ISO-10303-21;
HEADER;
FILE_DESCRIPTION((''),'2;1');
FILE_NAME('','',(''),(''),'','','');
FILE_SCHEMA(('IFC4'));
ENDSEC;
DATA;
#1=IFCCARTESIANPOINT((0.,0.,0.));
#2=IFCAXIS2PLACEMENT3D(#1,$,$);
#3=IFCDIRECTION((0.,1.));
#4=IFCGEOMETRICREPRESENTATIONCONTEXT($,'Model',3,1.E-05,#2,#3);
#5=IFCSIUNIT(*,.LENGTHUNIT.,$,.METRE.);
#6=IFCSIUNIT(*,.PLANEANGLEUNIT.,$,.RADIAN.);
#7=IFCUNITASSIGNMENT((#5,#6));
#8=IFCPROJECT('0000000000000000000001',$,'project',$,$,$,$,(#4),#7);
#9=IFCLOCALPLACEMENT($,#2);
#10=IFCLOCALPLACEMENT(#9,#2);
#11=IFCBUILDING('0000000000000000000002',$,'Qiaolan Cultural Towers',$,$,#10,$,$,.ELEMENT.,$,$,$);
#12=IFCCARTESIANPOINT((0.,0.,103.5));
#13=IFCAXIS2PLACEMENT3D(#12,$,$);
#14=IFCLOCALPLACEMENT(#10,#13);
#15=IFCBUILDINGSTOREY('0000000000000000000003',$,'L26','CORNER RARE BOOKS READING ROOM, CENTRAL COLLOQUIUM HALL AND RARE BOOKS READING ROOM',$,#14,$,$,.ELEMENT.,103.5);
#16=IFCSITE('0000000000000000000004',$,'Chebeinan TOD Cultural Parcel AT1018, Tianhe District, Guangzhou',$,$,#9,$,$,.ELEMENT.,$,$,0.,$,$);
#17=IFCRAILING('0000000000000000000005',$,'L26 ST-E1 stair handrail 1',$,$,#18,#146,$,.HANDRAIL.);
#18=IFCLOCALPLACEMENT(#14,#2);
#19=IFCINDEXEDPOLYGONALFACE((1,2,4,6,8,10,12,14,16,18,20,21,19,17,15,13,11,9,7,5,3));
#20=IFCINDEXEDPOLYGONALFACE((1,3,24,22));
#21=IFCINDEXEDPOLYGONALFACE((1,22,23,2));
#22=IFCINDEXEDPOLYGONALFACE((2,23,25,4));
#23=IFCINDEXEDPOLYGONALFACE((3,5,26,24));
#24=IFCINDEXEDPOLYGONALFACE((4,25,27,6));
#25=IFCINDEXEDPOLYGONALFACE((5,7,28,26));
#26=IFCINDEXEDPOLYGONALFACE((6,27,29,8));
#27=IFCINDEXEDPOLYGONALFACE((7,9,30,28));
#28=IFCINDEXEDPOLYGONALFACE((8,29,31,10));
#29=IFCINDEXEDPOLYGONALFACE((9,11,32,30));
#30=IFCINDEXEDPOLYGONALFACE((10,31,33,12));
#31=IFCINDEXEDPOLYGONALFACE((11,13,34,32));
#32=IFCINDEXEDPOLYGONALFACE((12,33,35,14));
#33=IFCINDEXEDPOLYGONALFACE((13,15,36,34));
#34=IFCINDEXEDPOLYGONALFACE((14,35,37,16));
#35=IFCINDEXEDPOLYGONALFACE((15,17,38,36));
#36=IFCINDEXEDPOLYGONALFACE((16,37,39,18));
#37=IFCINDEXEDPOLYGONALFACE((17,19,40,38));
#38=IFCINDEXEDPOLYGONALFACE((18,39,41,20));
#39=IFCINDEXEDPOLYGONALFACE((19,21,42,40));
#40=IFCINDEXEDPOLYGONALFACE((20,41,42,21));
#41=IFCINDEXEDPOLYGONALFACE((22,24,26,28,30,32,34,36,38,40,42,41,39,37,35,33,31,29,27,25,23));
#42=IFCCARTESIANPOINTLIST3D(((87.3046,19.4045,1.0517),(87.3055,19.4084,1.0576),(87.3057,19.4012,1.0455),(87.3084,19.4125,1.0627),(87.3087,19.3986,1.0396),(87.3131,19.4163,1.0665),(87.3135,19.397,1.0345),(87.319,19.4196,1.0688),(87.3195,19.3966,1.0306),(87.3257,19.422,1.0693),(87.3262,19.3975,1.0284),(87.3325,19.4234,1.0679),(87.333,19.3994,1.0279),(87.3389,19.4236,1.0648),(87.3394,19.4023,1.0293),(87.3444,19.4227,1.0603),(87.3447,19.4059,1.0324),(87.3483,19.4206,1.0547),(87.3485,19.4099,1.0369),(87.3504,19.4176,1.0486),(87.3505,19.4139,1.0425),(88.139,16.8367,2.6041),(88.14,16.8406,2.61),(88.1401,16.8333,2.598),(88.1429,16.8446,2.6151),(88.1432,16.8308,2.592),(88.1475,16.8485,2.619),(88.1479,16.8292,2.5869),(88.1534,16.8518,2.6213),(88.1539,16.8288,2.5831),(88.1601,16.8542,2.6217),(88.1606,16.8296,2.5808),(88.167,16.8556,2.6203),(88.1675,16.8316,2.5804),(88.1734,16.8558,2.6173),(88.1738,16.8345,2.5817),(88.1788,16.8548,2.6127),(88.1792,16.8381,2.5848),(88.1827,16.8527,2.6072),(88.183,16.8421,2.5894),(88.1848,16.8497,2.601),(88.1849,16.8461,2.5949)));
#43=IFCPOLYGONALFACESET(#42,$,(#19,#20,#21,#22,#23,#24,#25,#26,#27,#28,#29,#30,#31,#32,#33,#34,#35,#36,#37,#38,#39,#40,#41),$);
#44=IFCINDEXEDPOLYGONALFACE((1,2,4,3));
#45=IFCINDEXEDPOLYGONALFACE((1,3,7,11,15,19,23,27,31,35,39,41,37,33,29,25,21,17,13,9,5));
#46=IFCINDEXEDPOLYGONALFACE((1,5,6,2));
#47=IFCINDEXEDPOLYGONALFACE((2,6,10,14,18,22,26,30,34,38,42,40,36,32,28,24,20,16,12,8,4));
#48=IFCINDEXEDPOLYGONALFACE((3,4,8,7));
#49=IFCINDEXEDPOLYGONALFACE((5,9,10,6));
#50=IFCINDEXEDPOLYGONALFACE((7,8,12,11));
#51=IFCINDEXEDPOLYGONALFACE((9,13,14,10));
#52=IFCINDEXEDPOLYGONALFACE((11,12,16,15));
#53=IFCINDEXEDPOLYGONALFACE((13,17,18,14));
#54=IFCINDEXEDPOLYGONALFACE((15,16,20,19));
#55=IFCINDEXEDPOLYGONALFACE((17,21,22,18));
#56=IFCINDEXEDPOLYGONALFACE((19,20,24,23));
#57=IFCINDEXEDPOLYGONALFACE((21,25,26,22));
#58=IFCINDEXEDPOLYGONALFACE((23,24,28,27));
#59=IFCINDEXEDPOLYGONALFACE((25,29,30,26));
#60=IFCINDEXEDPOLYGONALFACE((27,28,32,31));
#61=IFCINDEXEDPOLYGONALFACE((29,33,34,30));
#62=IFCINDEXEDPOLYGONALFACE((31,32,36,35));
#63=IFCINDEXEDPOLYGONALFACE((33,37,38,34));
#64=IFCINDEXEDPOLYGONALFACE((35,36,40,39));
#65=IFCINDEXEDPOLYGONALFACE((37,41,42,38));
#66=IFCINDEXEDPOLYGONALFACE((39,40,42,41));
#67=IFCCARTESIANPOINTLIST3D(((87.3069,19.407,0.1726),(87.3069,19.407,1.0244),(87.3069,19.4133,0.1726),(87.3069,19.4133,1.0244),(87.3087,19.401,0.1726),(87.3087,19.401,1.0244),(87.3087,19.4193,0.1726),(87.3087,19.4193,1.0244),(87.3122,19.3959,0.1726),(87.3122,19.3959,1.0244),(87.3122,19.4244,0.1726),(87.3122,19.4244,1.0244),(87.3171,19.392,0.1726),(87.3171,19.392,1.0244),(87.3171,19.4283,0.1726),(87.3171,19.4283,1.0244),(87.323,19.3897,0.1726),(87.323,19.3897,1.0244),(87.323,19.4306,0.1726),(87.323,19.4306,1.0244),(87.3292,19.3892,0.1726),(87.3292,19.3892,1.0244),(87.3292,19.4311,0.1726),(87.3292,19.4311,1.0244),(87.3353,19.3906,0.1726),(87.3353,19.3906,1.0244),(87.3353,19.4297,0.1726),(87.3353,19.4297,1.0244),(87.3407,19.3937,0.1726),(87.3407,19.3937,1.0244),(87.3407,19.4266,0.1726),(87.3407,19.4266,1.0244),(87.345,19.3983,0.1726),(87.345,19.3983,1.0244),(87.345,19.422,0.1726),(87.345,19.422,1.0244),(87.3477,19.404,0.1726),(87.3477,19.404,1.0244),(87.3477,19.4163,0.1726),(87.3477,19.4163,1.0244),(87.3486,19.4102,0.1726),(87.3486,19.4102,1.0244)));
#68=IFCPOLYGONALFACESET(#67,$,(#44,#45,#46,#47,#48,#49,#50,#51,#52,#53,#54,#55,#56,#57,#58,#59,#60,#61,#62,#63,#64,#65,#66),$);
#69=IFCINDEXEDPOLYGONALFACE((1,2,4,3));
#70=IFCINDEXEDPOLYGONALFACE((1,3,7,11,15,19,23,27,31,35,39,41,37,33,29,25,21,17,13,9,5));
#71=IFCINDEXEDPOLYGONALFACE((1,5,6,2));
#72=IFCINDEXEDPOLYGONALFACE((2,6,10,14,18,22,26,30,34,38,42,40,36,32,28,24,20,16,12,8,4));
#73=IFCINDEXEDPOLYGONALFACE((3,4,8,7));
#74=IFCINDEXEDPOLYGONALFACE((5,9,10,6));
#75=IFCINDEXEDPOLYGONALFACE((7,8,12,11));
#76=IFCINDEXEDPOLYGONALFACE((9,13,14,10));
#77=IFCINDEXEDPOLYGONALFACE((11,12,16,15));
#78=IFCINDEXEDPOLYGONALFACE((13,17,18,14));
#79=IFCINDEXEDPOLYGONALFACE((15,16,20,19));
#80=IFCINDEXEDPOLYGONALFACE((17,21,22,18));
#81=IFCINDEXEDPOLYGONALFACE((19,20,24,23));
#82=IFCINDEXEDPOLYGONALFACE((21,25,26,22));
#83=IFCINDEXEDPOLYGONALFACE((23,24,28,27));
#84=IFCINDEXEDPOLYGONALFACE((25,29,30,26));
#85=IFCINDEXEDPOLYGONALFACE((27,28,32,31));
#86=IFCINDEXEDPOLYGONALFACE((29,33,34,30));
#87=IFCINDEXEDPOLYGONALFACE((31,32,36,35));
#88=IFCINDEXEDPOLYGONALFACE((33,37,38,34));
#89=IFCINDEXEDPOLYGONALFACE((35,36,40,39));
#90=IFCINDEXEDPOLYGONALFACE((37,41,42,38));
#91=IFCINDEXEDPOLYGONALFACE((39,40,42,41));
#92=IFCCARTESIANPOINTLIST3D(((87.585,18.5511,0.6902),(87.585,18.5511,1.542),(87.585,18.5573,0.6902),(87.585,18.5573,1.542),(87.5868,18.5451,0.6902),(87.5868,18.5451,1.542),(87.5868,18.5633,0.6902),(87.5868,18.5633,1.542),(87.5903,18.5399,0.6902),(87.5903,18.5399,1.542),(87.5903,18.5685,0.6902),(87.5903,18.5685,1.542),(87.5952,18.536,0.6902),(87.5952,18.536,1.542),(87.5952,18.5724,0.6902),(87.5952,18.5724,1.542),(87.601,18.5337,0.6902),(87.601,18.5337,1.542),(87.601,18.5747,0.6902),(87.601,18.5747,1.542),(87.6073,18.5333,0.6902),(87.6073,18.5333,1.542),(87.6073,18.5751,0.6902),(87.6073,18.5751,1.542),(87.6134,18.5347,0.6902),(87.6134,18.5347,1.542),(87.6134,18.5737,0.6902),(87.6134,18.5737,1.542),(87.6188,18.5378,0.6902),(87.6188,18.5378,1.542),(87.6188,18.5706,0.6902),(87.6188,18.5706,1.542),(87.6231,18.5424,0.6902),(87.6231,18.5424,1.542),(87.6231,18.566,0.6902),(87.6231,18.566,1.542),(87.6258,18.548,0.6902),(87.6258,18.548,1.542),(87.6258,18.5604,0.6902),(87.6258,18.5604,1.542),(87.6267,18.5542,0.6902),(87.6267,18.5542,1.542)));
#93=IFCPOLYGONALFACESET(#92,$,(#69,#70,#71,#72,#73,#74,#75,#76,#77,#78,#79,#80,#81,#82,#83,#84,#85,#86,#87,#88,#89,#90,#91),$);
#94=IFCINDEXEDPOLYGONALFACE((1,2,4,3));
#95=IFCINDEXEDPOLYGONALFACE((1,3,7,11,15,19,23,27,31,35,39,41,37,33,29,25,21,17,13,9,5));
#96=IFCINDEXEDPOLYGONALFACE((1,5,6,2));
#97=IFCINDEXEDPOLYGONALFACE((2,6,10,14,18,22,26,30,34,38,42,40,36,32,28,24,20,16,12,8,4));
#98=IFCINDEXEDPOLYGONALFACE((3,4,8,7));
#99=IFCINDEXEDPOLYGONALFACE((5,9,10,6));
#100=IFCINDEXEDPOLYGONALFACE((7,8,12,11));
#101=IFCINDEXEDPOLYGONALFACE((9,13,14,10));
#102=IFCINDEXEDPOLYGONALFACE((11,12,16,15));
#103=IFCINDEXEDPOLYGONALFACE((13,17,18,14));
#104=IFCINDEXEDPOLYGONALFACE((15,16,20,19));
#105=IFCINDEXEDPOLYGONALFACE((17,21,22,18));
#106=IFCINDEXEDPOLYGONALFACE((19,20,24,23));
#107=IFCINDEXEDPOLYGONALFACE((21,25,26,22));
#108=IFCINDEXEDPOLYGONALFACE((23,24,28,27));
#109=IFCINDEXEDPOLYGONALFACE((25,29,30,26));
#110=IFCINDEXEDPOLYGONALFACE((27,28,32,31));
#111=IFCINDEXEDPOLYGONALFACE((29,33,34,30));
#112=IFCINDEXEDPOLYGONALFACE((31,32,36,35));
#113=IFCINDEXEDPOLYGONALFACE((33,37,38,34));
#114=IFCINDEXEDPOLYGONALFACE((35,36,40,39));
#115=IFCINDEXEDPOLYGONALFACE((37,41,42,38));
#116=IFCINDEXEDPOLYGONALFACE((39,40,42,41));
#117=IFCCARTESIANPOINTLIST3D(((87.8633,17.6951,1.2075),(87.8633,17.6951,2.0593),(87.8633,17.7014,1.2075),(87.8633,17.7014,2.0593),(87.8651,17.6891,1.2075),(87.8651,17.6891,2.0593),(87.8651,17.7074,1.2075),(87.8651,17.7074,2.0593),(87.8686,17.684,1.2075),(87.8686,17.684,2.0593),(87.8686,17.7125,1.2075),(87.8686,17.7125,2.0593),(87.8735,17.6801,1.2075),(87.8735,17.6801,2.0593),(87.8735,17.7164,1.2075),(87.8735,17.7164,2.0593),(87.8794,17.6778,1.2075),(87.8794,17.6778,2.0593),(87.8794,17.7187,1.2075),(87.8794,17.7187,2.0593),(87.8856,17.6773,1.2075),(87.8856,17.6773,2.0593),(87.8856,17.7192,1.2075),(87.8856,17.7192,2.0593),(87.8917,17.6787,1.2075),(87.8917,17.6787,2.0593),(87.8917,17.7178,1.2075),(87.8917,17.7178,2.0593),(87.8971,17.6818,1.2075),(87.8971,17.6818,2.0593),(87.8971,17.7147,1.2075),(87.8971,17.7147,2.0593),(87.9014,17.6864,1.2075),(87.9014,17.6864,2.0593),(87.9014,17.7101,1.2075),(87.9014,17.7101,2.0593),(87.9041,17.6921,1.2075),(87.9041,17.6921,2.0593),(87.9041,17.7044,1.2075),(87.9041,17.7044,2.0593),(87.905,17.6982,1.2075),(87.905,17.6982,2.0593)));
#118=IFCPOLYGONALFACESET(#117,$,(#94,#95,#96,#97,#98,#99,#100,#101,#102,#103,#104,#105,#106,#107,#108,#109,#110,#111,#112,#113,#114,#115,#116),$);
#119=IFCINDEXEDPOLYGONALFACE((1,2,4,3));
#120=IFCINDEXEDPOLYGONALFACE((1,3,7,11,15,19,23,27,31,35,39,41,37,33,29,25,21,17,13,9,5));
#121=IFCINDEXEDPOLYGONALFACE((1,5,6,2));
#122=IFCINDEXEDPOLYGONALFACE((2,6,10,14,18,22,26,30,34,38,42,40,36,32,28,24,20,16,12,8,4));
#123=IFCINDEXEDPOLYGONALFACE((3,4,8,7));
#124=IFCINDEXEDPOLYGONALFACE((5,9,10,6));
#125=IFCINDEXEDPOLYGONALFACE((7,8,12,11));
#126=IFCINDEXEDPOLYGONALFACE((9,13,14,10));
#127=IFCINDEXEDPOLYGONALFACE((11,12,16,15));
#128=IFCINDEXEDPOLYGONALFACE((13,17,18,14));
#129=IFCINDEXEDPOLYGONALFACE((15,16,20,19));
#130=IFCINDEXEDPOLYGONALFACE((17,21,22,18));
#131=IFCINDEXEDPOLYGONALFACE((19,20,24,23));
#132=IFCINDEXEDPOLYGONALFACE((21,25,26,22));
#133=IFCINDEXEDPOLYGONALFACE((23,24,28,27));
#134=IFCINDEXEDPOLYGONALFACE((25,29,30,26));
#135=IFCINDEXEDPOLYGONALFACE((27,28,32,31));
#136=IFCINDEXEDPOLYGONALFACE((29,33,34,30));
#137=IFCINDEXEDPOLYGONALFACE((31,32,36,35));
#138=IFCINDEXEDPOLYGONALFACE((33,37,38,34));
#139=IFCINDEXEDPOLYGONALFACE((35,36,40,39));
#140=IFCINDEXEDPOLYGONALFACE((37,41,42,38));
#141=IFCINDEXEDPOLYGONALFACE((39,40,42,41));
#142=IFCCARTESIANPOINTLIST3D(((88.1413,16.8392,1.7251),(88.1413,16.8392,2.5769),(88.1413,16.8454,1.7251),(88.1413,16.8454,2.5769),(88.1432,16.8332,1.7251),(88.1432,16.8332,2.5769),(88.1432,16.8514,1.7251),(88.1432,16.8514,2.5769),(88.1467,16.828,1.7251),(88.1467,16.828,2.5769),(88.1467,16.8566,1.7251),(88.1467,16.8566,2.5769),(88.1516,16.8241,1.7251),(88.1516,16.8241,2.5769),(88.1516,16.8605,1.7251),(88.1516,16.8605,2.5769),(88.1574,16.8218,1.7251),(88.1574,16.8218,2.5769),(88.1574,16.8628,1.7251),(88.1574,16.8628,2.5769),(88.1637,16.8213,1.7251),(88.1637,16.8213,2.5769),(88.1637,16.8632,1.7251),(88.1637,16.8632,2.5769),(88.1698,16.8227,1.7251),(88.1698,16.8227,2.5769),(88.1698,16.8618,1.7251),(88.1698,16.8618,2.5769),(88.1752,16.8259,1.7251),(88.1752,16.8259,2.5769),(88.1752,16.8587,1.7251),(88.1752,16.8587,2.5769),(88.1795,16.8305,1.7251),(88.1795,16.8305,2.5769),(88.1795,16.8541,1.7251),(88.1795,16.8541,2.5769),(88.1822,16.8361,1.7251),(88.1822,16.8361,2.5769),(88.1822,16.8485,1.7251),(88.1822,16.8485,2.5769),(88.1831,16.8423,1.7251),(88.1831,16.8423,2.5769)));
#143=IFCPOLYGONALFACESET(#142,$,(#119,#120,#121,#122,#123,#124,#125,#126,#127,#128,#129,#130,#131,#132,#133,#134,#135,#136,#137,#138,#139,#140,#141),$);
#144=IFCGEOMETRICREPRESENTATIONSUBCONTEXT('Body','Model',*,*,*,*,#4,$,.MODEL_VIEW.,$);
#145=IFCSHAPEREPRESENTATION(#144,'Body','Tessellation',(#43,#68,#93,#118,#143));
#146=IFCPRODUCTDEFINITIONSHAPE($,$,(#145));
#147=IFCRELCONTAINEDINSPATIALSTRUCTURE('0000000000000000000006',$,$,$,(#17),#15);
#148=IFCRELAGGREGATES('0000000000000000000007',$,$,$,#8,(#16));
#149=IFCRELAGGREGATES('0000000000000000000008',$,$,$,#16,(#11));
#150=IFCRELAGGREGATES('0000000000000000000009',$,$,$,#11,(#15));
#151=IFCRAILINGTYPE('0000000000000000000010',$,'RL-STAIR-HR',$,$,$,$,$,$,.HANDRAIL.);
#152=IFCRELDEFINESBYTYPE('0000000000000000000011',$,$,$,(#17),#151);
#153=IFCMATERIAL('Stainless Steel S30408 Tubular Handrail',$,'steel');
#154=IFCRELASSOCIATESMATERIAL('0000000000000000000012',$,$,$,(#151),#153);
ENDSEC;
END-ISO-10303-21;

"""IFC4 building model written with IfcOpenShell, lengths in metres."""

from ifc_helpers import new_model, si_unit, direction, frame, origin, origin_2d, place, context, subcontext, project, spatial, circle, extrude, material, type_object, element, save


model = new_model("IFC4")

# Units and contexts
model_context = context("Model", 3, precision=1e-05, world=origin(), true_north=direction((0.0, 1.0)))
body_context = subcontext(model_context, "Body", "Model", "MODEL_VIEW")
ifc_project = project(units=[si_unit("LENGTHUNIT", "METRE"), si_unit("PLANEANGLEUNIT", "RADIAN")], contexts=[model_context])

# Site, building, storey
site_placement = place(None, origin())
site = spatial("IfcSite", under=ifc_project, at=site_placement, Name="Chebeinan TOD Cultural Parcel AT1018, Tianhe District, Guangzhou", CompositionType="ELEMENT", RefElevation=0.0)
building_placement = place(site_placement, origin())
building = spatial("IfcBuilding", under=site, at=building_placement, Name="Qiaolan Cultural Towers", CompositionType="ELEMENT")
storey_placement = place(building_placement, frame((0.0, 0.0, 103.5)))
storey = spatial("IfcBuildingStorey", under=building, at=storey_placement, Name="L26", Description="CORNER RARE BOOKS READING ROOM, CENTRAL COLLOQUIUM HALL AND RARE BOOKS READING ROOM", CompositionType="ELEMENT", Elevation=103.5)

# Railing
ifc_material_1 = material(Name="Stainless Steel S30408 Tubular Handrail", Category="steel")
railing_type_1 = type_object("IfcRailingType", Name="RL-STAIR-HR", PredefinedType="HANDRAIL", material=ifc_material_1)
railing_1_placement = place(storey_placement, frame((87.3276, 19.4102, 0.1726)))
element("IfcRailing", 1, at=railing_1_placement, inside=storey, type_object=railing_type_1, Name="L26 ST-E1 stair handrail 1", PredefinedType="HANDRAIL", context=body_context, shape_type="SweptSolid", body=[
    extrude(circle(Radius=0.0239, at=origin_2d()), frame((0.0, 0.0, 0.876), z_axis=(0.267926, -0.824471, 0.498461), x_axis=(0.951043, 0.309057, 0.0)), (0.0, 0.0, 1.0), 3.1145),
    extrude(circle(Radius=0.021, at=origin_2d()), origin(), (0.0, 0.0, 1.0), 0.8518),
    extrude(circle(Radius=0.021, at=origin_2d()), frame((0.2781, -0.856, 0.5176)), (0.0, 0.0, 1.0), 0.8518),
    extrude(circle(Radius=0.021, at=origin_2d()), frame((0.5564, -1.7119, 1.0349)), (0.0, 0.0, 1.0), 0.8518),
    extrude(circle(Radius=0.021, at=origin_2d()), frame((0.8345, -2.5679, 1.5525)), (0.0, 0.0, 1.0), 0.8518),
])

save(model, "model.ifc")
